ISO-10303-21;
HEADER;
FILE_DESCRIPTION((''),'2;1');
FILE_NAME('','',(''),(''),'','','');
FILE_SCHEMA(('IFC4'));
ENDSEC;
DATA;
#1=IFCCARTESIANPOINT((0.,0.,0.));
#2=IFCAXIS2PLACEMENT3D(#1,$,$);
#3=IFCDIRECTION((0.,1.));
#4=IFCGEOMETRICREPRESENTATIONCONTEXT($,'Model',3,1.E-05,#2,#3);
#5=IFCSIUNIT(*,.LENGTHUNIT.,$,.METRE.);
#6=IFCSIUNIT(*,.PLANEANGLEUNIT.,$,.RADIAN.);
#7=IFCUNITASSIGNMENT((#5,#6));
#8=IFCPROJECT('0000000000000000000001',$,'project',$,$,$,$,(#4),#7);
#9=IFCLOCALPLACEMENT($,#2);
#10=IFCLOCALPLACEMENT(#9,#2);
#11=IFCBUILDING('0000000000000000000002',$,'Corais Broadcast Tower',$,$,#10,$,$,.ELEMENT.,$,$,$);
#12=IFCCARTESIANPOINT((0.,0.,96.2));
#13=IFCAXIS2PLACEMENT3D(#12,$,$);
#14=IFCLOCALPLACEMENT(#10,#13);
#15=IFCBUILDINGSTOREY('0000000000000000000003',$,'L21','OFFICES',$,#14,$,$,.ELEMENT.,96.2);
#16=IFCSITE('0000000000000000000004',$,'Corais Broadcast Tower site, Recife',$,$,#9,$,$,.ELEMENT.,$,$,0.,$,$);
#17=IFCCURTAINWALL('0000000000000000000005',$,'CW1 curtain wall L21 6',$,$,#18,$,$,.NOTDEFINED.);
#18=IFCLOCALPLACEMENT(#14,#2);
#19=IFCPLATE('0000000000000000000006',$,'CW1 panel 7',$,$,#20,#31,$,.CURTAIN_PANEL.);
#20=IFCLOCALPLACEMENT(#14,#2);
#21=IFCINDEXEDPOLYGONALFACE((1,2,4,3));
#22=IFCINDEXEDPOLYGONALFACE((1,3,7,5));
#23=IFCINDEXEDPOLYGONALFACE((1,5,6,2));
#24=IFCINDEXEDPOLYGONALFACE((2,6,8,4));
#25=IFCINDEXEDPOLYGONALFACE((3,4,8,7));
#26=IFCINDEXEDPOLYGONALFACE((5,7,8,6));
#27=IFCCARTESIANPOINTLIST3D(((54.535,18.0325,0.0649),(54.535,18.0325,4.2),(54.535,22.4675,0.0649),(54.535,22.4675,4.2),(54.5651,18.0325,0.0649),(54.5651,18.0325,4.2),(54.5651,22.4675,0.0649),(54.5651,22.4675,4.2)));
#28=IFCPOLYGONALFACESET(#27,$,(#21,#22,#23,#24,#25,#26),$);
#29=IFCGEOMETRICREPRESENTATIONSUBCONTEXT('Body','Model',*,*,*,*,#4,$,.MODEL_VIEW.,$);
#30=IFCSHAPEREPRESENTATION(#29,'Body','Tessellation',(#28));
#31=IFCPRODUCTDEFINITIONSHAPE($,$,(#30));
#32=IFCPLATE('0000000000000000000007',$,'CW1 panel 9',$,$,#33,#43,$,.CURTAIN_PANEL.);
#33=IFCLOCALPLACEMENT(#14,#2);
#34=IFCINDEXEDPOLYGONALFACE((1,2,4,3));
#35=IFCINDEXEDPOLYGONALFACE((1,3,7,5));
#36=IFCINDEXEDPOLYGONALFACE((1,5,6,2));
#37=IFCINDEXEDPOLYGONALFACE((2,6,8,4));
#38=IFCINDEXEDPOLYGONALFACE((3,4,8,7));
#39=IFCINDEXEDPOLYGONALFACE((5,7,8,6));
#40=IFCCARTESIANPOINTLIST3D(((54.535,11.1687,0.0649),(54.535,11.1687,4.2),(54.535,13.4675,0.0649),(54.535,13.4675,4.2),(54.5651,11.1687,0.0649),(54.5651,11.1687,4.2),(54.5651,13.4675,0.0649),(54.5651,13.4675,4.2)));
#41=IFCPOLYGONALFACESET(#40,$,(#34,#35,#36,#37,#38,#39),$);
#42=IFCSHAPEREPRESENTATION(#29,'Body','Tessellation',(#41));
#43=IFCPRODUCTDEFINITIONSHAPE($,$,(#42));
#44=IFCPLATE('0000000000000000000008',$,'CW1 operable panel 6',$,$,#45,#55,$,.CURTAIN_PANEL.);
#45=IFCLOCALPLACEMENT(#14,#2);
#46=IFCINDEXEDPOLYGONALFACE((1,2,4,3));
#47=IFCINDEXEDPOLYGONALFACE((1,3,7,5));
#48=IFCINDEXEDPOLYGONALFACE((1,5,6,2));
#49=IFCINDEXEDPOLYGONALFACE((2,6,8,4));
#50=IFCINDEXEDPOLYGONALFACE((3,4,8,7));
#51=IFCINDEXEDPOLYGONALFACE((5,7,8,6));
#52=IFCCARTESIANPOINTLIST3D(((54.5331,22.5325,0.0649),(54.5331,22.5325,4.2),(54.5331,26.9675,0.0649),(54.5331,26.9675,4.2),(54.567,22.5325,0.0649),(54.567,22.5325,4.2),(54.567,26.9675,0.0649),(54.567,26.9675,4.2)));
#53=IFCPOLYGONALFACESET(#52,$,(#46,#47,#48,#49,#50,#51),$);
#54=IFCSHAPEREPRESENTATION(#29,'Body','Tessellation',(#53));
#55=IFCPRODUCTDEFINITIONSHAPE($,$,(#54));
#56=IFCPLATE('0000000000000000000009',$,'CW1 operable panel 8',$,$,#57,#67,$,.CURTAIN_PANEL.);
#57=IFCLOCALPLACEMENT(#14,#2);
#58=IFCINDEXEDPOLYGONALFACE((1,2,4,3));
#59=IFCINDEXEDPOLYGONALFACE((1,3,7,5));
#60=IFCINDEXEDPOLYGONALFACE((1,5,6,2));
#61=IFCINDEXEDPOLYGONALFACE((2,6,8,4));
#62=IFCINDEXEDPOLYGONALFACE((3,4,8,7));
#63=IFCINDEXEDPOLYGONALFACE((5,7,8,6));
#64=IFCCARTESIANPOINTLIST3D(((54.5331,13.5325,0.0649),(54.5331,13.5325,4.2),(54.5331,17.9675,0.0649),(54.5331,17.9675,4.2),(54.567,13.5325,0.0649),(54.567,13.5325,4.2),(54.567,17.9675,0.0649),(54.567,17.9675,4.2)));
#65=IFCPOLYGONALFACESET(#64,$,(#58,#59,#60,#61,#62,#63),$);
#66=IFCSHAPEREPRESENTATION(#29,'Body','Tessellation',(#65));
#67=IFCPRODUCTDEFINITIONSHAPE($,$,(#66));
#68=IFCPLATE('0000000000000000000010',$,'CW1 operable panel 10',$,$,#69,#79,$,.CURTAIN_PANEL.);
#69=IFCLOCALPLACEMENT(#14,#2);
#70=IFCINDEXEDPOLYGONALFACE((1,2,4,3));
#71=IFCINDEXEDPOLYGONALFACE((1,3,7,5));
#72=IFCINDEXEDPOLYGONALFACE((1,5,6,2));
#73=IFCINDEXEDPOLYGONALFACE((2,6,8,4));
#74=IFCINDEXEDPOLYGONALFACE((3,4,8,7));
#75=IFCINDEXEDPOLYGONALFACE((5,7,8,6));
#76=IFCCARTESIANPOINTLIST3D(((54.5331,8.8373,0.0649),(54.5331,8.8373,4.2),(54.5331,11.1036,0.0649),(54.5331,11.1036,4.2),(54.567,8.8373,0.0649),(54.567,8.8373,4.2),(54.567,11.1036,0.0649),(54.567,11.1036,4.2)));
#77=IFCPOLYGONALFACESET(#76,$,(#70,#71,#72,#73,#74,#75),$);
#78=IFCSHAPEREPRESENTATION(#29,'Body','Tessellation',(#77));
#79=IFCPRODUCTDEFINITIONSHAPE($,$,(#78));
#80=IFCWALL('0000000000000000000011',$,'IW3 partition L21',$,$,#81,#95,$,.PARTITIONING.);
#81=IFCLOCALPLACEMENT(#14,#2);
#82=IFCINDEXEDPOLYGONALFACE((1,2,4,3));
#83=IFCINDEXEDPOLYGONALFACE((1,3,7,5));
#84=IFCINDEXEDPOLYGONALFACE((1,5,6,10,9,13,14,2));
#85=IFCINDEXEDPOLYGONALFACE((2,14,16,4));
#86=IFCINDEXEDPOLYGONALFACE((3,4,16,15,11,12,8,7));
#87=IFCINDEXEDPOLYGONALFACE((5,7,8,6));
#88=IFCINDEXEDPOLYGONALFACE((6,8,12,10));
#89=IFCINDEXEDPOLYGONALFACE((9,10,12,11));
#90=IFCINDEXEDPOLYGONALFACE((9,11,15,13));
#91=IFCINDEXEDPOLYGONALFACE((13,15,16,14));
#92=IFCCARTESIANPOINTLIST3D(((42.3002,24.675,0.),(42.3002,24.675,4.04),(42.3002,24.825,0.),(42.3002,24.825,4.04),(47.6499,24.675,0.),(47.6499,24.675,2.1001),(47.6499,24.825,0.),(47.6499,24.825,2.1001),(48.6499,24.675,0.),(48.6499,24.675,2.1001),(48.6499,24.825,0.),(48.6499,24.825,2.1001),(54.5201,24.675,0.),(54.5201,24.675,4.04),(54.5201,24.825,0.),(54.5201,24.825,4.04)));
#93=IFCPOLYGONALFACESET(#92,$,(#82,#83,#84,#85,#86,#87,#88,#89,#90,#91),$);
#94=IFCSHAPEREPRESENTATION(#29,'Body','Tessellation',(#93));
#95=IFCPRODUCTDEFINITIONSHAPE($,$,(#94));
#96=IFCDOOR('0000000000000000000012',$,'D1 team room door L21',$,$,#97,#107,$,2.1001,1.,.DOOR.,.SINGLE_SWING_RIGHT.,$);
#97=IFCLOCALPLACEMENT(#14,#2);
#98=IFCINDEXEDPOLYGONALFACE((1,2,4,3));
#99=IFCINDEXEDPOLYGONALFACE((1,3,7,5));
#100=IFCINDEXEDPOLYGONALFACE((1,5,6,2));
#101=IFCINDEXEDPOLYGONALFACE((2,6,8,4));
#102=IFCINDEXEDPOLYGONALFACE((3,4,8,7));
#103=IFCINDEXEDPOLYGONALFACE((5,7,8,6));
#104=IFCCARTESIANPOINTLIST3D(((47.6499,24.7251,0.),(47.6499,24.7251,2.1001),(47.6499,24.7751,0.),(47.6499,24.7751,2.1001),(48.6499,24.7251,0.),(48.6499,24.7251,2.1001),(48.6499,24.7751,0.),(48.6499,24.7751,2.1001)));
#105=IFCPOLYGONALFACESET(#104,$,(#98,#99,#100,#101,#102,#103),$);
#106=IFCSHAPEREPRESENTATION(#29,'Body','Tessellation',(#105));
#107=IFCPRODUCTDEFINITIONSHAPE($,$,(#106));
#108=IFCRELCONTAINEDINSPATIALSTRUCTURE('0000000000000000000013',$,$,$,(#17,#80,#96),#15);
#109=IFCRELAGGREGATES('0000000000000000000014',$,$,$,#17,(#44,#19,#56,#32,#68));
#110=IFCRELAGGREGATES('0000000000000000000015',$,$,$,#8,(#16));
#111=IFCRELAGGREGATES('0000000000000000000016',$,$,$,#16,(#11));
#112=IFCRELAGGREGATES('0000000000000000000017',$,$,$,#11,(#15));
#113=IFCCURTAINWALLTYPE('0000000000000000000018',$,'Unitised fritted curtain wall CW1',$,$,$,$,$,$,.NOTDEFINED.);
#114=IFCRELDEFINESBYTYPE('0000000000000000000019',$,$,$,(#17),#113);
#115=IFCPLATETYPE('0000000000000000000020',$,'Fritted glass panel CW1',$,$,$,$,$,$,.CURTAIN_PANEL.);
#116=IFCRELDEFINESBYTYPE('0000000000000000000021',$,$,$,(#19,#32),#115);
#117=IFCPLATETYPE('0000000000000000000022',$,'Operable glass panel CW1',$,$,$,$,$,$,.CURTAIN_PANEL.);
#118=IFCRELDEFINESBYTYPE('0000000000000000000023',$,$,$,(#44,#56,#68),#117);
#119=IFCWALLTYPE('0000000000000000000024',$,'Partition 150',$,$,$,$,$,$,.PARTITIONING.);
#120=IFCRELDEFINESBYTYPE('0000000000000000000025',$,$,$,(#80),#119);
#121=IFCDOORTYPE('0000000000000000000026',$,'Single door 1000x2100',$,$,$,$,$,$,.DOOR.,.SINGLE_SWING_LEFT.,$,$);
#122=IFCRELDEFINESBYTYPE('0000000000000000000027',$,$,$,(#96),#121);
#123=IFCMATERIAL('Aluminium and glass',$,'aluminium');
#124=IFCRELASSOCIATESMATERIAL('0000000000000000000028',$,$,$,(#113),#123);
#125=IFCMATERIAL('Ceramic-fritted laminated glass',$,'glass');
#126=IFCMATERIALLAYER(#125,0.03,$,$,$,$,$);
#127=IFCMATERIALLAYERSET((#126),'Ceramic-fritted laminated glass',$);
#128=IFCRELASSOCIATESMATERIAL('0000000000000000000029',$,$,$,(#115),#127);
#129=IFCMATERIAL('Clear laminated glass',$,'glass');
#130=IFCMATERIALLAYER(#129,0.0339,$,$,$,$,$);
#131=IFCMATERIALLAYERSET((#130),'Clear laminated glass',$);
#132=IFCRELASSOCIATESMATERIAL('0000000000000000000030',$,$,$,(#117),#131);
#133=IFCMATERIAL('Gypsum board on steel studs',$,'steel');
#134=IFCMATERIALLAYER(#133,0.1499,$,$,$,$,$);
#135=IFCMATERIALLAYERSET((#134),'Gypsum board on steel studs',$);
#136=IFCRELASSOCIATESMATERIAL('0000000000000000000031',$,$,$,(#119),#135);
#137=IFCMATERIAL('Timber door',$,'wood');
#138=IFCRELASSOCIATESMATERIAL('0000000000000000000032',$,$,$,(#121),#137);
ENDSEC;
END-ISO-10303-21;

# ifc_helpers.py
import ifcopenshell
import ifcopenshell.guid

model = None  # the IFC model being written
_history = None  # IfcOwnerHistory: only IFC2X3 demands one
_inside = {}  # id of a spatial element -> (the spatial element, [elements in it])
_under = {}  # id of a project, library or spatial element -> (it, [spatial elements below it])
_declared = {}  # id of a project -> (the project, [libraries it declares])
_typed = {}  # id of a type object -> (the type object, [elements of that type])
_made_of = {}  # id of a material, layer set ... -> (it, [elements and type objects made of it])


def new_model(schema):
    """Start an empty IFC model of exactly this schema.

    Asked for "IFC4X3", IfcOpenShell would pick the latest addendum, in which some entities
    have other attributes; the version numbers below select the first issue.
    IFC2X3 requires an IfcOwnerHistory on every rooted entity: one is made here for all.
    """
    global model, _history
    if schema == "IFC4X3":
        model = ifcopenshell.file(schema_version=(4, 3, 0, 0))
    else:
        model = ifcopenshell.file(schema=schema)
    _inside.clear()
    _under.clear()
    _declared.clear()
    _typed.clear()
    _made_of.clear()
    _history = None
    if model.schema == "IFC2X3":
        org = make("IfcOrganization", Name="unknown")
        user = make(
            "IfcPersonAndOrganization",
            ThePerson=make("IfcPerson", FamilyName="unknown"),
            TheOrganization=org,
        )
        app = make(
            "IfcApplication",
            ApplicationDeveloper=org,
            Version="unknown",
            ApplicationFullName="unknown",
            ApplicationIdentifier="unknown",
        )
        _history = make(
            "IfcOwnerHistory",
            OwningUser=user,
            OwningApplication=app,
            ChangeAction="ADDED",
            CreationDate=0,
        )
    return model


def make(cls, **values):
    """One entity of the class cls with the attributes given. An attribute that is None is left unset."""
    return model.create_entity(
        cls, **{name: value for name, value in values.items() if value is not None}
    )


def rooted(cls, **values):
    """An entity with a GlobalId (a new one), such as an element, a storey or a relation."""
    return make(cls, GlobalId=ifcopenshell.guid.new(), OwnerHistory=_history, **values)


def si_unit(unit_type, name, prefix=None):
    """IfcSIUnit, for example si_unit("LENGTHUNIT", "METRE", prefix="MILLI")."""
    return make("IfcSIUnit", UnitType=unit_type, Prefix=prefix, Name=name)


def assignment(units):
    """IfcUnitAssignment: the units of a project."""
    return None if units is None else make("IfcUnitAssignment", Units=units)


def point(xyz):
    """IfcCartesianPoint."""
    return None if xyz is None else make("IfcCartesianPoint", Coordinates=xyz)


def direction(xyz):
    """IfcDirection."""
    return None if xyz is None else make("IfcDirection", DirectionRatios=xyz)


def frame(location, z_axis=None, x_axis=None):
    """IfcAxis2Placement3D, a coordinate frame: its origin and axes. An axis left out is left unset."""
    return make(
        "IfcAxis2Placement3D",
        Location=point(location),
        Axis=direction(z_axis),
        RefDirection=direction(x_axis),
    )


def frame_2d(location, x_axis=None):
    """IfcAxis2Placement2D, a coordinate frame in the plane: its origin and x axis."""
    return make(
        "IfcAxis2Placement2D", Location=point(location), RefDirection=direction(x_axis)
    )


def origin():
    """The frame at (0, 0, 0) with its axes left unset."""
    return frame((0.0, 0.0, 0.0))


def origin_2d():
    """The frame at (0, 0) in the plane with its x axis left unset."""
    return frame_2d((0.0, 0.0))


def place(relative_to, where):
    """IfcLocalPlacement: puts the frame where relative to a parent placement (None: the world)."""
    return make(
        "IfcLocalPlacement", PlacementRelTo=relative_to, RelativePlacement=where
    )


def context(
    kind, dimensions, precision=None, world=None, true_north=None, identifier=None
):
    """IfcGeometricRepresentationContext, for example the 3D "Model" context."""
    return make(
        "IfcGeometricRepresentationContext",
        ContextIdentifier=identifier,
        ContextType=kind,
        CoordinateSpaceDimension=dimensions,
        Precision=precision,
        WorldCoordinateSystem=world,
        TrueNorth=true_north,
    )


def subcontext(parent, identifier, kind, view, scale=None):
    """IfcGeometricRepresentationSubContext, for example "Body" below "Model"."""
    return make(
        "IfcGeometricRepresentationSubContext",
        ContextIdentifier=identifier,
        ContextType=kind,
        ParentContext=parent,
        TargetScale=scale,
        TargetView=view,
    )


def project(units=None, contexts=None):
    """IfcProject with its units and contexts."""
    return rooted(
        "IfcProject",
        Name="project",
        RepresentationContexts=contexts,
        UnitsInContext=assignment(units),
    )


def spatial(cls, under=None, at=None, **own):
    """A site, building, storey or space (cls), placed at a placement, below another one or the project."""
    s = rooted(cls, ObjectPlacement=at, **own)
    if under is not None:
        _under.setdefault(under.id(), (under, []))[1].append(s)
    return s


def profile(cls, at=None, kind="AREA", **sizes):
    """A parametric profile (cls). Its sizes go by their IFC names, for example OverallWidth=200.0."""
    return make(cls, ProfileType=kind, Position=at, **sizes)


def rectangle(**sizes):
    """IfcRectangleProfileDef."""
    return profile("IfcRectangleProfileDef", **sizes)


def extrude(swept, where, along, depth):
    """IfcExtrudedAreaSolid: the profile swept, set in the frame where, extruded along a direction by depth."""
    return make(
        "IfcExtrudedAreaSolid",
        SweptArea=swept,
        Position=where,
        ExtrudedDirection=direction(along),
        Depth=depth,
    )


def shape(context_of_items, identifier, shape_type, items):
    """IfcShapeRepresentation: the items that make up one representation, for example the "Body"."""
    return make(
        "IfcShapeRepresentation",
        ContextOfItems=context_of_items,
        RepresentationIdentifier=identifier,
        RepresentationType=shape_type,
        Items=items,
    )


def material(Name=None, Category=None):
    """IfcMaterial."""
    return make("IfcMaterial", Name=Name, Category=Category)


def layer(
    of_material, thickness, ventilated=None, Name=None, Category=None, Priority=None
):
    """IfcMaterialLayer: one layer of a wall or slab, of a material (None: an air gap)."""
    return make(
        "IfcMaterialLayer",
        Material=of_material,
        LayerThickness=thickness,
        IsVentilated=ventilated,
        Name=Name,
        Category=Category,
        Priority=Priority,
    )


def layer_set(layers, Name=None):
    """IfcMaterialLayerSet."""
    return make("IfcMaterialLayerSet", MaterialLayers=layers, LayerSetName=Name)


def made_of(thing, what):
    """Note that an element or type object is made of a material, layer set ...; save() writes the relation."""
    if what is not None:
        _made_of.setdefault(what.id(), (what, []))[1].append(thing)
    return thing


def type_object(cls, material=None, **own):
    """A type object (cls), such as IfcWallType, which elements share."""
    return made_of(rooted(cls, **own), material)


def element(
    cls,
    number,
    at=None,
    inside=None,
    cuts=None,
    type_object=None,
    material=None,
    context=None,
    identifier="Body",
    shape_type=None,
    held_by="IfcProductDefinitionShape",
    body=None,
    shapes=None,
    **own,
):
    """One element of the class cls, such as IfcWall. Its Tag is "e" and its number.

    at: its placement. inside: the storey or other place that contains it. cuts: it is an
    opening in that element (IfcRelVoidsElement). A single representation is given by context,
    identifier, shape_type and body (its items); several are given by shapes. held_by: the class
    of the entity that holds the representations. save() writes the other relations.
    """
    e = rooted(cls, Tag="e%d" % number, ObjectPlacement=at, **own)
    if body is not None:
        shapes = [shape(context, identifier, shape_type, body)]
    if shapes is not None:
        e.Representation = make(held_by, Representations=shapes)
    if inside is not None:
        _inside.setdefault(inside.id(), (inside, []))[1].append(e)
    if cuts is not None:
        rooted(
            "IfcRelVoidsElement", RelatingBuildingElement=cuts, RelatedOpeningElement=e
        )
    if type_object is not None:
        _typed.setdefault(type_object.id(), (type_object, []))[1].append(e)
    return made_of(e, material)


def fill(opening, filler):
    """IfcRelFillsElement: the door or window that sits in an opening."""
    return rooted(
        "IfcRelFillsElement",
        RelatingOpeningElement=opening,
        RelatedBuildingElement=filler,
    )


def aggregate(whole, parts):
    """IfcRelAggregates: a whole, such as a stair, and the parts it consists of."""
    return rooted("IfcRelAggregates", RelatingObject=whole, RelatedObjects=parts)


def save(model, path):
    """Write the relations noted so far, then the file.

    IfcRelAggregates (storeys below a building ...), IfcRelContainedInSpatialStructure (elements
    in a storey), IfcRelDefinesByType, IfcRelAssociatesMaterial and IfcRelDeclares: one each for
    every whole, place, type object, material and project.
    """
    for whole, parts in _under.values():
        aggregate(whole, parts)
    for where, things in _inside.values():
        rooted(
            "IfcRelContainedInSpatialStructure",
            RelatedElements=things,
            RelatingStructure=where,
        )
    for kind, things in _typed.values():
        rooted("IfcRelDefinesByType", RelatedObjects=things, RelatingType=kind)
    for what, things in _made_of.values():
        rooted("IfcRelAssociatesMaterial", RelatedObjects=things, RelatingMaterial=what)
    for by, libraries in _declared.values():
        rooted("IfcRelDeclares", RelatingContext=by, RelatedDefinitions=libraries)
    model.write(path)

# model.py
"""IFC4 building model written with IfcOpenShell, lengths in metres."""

from ifc_helpers import new_model, si_unit, direction, frame, frame_2d, origin, origin_2d, place, context, subcontext, project, spatial, rectangle, extrude, material, layer, layer_set, type_object, element, fill, aggregate, save


model = new_model("IFC4")

# Units and contexts
model_context = context("Model", 3, precision=1e-05, world=origin(), true_north=direction((0.0, 1.0)))
body_context = subcontext(model_context, "Body", "Model", "MODEL_VIEW")
ifc_project = project(units=[si_unit("LENGTHUNIT", "METRE"), si_unit("PLANEANGLEUNIT", "RADIAN")], contexts=[model_context])

# Site, building, storey
site_placement = place(None, origin())
site = spatial("IfcSite", under=ifc_project, at=site_placement, Name="Corais Broadcast Tower site, Recife", CompositionType="ELEMENT", RefElevation=0.0)
building_placement = place(site_placement, origin())
building = spatial("IfcBuilding", under=site, at=building_placement, Name="Corais Broadcast Tower", CompositionType="ELEMENT")
storey_placement = place(building_placement, frame((0.0, 0.0, 96.2)))
storey = spatial("IfcBuildingStorey", under=building, at=storey_placement, Name="L21", Description="OFFICES", CompositionType="ELEMENT", Elevation=96.2)

# Curtain wall
ifc_material_1 = material(Name="Aluminium and glass", Category="aluminium")
curtain_wall_type = type_object("IfcCurtainWallType", Name="Unitised fritted curtain wall CW1", PredefinedType="NOTDEFINED", material=ifc_material_1)
curtain_wall_placement = place(storey_placement, origin())
curtain_wall = element("IfcCurtainWall", 1, at=curtain_wall_placement, inside=storey, type_object=curtain_wall_type, Name="CW1 curtain wall L21 6", PredefinedType="NOTDEFINED")

# Plates
ifc_material_2 = material(Name="Ceramic-fritted laminated glass", Category="glass")
ifc_layer_1 = layer(ifc_material_2, 0.03)
ifc_layer_set_1 = layer_set([ifc_layer_1], Name="Ceramic-fritted laminated glass")
plate_type_1 = type_object("IfcPlateType", Name="Fritted glass panel CW1", PredefinedType="CURTAIN_PANEL", material=ifc_layer_set_1)
plate_1_placement = place(storey_placement, frame((54.55, 20.25, 0.0649), z_axis=(0.0, 0.0, 1.0), x_axis=(0.0, -1.0, 0.0)))
plate_1 = element("IfcPlate", 2, at=plate_1_placement, type_object=plate_type_1, Name="CW1 panel 7", PredefinedType="CURTAIN_PANEL", context=body_context, shape_type="SweptSolid", body=[
    extrude(rectangle(XDim=4.4351, YDim=0.03, at=origin_2d()), origin(), (0.0, 0.0, 1.0), 4.135),
])
plate_2_placement = place(storey_placement, frame((54.55, 12.3181, 0.0649), z_axis=(0.0, 0.0, 1.0), x_axis=(0.0, -1.0, 0.0)))
plate_2 = element("IfcPlate", 3, at=plate_2_placement, type_object=plate_type_1, Name="CW1 panel 9", PredefinedType="CURTAIN_PANEL", context=body_context, shape_type="SweptSolid", body=[
    extrude(rectangle(XDim=2.2988, YDim=0.03, at=origin_2d()), origin(), (0.0, 0.0, 1.0), 4.135),
])
ifc_material_3 = material(Name="Clear laminated glass", Category="glass")
ifc_layer_2 = layer(ifc_material_3, 0.0339)
ifc_layer_set_2 = layer_set([ifc_layer_2], Name="Clear laminated glass")
plate_type_2 = type_object("IfcPlateType", Name="Operable glass panel CW1", PredefinedType="CURTAIN_PANEL", material=ifc_layer_set_2)
plate_3_placement = place(storey_placement, frame((54.55, 24.75, 0.0649), z_axis=(0.0, 0.0, 1.0), x_axis=(0.0, -1.0, 0.0)))
plate_3 = element("IfcPlate", 4, at=plate_3_placement, type_object=plate_type_2, Name="CW1 operable panel 6", PredefinedType="CURTAIN_PANEL", context=body_context, shape_type="SweptSolid", body=[
    extrude(rectangle(XDim=4.4351, YDim=0.0339, at=origin_2d()), origin(), (0.0, 0.0, 1.0), 4.135),
])
plate_4_placement = place(storey_placement, frame((54.55, 15.75, 0.0649), z_axis=(0.0, 0.0, 1.0), x_axis=(0.0, -1.0, 0.0)))
plate_4 = element("IfcPlate", 5, at=plate_4_placement, type_object=plate_type_2, Name="CW1 operable panel 8", PredefinedType="CURTAIN_PANEL", context=body_context, shape_type="SweptSolid", body=[
    extrude(rectangle(XDim=4.4351, YDim=0.0339, at=origin_2d()), origin(), (0.0, 0.0, 1.0), 4.135),
])
plate_5_placement = place(storey_placement, frame((54.55, 9.9705, 0.0649), z_axis=(0.0, 0.0, 1.0), x_axis=(0.0, -1.0, 0.0)))
plate_5 = element("IfcPlate", 6, at=plate_5_placement, type_object=plate_type_2, Name="CW1 operable panel 10", PredefinedType="CURTAIN_PANEL", context=body_context, shape_type="SweptSolid", body=[
    extrude(rectangle(XDim=2.2664, YDim=0.0339, at=origin_2d()), origin(), (0.0, 0.0, 1.0), 4.135),
])
aggregate(curtain_wall, [plate_3, plate_1, plate_4, plate_2, plate_5])

# Wall, opening, door
ifc_material_4 = material(Name="Gypsum board on steel studs", Category="steel")
ifc_layer_3 = layer(ifc_material_4, 0.1499)
ifc_layer_set_3 = layer_set([ifc_layer_3], Name="Gypsum board on steel studs")
wall_type = type_object("IfcWallType", Name="Partition 150", PredefinedType="PARTITIONING", material=ifc_layer_set_3)
wall_placement = place(storey_placement, frame((54.52, 24.75, 0.0), z_axis=(0.0, 0.0, 1.0), x_axis=(-1.0, 0.0, 0.0)))
wall = element("IfcWall", 7, at=wall_placement, inside=storey, type_object=wall_type, Name="IW3 partition L21", PredefinedType="PARTITIONING", context=body_context, shape_type="SweptSolid", body=[
    extrude(rectangle(XDim=12.22, YDim=0.1499, at=frame_2d((6.1099, 0.0))), origin(), (0.0, 0.0, 1.0), 4.04),
])
opening_placement = place(wall_placement, frame((5.8701, 0.0, 0.0)))
opening = element("IfcOpeningElement", 8, at=opening_placement, cuts=wall, PredefinedType="OPENING", context=body_context, shape_type="SweptSolid", body=[
    extrude(rectangle(XDim=1.0, YDim=2.1001, at=frame_2d((0.5, 1.05))), frame((0.0, 0.085, 0.0), z_axis=(0.0, -1.0, 0.0), x_axis=(1.0, 0.0, 0.0)), (0.0, 0.0, 1.0), 0.1699),
])
ifc_material_5 = material(Name="Timber door", Category="wood")
door_type = type_object("IfcDoorType", Name="Single door 1000x2100", OperationType="SINGLE_SWING_LEFT", PredefinedType="DOOR", material=ifc_material_5)
door_placement = place(opening_placement, origin())
door = element("IfcDoor", 9, at=door_placement, inside=storey, type_object=door_type, Name="D1 team room door L21", OperationType="SINGLE_SWING_RIGHT", OverallHeight=2.1001, OverallWidth=1.0, PredefinedType="DOOR", context=body_context, shape_type="SweptSolid", body=[
    extrude(rectangle(XDim=1.0, YDim=2.1001, at=frame_2d((0.5, 1.05))), frame((0.0, 0.0249, 0.0), z_axis=(0.0, -1.0, 0.0), x_axis=(1.0, 0.0, 0.0)), (0.0, 0.0, 1.0), 0.05),
])
fill(opening, door)

save(model, "model.ifc")
